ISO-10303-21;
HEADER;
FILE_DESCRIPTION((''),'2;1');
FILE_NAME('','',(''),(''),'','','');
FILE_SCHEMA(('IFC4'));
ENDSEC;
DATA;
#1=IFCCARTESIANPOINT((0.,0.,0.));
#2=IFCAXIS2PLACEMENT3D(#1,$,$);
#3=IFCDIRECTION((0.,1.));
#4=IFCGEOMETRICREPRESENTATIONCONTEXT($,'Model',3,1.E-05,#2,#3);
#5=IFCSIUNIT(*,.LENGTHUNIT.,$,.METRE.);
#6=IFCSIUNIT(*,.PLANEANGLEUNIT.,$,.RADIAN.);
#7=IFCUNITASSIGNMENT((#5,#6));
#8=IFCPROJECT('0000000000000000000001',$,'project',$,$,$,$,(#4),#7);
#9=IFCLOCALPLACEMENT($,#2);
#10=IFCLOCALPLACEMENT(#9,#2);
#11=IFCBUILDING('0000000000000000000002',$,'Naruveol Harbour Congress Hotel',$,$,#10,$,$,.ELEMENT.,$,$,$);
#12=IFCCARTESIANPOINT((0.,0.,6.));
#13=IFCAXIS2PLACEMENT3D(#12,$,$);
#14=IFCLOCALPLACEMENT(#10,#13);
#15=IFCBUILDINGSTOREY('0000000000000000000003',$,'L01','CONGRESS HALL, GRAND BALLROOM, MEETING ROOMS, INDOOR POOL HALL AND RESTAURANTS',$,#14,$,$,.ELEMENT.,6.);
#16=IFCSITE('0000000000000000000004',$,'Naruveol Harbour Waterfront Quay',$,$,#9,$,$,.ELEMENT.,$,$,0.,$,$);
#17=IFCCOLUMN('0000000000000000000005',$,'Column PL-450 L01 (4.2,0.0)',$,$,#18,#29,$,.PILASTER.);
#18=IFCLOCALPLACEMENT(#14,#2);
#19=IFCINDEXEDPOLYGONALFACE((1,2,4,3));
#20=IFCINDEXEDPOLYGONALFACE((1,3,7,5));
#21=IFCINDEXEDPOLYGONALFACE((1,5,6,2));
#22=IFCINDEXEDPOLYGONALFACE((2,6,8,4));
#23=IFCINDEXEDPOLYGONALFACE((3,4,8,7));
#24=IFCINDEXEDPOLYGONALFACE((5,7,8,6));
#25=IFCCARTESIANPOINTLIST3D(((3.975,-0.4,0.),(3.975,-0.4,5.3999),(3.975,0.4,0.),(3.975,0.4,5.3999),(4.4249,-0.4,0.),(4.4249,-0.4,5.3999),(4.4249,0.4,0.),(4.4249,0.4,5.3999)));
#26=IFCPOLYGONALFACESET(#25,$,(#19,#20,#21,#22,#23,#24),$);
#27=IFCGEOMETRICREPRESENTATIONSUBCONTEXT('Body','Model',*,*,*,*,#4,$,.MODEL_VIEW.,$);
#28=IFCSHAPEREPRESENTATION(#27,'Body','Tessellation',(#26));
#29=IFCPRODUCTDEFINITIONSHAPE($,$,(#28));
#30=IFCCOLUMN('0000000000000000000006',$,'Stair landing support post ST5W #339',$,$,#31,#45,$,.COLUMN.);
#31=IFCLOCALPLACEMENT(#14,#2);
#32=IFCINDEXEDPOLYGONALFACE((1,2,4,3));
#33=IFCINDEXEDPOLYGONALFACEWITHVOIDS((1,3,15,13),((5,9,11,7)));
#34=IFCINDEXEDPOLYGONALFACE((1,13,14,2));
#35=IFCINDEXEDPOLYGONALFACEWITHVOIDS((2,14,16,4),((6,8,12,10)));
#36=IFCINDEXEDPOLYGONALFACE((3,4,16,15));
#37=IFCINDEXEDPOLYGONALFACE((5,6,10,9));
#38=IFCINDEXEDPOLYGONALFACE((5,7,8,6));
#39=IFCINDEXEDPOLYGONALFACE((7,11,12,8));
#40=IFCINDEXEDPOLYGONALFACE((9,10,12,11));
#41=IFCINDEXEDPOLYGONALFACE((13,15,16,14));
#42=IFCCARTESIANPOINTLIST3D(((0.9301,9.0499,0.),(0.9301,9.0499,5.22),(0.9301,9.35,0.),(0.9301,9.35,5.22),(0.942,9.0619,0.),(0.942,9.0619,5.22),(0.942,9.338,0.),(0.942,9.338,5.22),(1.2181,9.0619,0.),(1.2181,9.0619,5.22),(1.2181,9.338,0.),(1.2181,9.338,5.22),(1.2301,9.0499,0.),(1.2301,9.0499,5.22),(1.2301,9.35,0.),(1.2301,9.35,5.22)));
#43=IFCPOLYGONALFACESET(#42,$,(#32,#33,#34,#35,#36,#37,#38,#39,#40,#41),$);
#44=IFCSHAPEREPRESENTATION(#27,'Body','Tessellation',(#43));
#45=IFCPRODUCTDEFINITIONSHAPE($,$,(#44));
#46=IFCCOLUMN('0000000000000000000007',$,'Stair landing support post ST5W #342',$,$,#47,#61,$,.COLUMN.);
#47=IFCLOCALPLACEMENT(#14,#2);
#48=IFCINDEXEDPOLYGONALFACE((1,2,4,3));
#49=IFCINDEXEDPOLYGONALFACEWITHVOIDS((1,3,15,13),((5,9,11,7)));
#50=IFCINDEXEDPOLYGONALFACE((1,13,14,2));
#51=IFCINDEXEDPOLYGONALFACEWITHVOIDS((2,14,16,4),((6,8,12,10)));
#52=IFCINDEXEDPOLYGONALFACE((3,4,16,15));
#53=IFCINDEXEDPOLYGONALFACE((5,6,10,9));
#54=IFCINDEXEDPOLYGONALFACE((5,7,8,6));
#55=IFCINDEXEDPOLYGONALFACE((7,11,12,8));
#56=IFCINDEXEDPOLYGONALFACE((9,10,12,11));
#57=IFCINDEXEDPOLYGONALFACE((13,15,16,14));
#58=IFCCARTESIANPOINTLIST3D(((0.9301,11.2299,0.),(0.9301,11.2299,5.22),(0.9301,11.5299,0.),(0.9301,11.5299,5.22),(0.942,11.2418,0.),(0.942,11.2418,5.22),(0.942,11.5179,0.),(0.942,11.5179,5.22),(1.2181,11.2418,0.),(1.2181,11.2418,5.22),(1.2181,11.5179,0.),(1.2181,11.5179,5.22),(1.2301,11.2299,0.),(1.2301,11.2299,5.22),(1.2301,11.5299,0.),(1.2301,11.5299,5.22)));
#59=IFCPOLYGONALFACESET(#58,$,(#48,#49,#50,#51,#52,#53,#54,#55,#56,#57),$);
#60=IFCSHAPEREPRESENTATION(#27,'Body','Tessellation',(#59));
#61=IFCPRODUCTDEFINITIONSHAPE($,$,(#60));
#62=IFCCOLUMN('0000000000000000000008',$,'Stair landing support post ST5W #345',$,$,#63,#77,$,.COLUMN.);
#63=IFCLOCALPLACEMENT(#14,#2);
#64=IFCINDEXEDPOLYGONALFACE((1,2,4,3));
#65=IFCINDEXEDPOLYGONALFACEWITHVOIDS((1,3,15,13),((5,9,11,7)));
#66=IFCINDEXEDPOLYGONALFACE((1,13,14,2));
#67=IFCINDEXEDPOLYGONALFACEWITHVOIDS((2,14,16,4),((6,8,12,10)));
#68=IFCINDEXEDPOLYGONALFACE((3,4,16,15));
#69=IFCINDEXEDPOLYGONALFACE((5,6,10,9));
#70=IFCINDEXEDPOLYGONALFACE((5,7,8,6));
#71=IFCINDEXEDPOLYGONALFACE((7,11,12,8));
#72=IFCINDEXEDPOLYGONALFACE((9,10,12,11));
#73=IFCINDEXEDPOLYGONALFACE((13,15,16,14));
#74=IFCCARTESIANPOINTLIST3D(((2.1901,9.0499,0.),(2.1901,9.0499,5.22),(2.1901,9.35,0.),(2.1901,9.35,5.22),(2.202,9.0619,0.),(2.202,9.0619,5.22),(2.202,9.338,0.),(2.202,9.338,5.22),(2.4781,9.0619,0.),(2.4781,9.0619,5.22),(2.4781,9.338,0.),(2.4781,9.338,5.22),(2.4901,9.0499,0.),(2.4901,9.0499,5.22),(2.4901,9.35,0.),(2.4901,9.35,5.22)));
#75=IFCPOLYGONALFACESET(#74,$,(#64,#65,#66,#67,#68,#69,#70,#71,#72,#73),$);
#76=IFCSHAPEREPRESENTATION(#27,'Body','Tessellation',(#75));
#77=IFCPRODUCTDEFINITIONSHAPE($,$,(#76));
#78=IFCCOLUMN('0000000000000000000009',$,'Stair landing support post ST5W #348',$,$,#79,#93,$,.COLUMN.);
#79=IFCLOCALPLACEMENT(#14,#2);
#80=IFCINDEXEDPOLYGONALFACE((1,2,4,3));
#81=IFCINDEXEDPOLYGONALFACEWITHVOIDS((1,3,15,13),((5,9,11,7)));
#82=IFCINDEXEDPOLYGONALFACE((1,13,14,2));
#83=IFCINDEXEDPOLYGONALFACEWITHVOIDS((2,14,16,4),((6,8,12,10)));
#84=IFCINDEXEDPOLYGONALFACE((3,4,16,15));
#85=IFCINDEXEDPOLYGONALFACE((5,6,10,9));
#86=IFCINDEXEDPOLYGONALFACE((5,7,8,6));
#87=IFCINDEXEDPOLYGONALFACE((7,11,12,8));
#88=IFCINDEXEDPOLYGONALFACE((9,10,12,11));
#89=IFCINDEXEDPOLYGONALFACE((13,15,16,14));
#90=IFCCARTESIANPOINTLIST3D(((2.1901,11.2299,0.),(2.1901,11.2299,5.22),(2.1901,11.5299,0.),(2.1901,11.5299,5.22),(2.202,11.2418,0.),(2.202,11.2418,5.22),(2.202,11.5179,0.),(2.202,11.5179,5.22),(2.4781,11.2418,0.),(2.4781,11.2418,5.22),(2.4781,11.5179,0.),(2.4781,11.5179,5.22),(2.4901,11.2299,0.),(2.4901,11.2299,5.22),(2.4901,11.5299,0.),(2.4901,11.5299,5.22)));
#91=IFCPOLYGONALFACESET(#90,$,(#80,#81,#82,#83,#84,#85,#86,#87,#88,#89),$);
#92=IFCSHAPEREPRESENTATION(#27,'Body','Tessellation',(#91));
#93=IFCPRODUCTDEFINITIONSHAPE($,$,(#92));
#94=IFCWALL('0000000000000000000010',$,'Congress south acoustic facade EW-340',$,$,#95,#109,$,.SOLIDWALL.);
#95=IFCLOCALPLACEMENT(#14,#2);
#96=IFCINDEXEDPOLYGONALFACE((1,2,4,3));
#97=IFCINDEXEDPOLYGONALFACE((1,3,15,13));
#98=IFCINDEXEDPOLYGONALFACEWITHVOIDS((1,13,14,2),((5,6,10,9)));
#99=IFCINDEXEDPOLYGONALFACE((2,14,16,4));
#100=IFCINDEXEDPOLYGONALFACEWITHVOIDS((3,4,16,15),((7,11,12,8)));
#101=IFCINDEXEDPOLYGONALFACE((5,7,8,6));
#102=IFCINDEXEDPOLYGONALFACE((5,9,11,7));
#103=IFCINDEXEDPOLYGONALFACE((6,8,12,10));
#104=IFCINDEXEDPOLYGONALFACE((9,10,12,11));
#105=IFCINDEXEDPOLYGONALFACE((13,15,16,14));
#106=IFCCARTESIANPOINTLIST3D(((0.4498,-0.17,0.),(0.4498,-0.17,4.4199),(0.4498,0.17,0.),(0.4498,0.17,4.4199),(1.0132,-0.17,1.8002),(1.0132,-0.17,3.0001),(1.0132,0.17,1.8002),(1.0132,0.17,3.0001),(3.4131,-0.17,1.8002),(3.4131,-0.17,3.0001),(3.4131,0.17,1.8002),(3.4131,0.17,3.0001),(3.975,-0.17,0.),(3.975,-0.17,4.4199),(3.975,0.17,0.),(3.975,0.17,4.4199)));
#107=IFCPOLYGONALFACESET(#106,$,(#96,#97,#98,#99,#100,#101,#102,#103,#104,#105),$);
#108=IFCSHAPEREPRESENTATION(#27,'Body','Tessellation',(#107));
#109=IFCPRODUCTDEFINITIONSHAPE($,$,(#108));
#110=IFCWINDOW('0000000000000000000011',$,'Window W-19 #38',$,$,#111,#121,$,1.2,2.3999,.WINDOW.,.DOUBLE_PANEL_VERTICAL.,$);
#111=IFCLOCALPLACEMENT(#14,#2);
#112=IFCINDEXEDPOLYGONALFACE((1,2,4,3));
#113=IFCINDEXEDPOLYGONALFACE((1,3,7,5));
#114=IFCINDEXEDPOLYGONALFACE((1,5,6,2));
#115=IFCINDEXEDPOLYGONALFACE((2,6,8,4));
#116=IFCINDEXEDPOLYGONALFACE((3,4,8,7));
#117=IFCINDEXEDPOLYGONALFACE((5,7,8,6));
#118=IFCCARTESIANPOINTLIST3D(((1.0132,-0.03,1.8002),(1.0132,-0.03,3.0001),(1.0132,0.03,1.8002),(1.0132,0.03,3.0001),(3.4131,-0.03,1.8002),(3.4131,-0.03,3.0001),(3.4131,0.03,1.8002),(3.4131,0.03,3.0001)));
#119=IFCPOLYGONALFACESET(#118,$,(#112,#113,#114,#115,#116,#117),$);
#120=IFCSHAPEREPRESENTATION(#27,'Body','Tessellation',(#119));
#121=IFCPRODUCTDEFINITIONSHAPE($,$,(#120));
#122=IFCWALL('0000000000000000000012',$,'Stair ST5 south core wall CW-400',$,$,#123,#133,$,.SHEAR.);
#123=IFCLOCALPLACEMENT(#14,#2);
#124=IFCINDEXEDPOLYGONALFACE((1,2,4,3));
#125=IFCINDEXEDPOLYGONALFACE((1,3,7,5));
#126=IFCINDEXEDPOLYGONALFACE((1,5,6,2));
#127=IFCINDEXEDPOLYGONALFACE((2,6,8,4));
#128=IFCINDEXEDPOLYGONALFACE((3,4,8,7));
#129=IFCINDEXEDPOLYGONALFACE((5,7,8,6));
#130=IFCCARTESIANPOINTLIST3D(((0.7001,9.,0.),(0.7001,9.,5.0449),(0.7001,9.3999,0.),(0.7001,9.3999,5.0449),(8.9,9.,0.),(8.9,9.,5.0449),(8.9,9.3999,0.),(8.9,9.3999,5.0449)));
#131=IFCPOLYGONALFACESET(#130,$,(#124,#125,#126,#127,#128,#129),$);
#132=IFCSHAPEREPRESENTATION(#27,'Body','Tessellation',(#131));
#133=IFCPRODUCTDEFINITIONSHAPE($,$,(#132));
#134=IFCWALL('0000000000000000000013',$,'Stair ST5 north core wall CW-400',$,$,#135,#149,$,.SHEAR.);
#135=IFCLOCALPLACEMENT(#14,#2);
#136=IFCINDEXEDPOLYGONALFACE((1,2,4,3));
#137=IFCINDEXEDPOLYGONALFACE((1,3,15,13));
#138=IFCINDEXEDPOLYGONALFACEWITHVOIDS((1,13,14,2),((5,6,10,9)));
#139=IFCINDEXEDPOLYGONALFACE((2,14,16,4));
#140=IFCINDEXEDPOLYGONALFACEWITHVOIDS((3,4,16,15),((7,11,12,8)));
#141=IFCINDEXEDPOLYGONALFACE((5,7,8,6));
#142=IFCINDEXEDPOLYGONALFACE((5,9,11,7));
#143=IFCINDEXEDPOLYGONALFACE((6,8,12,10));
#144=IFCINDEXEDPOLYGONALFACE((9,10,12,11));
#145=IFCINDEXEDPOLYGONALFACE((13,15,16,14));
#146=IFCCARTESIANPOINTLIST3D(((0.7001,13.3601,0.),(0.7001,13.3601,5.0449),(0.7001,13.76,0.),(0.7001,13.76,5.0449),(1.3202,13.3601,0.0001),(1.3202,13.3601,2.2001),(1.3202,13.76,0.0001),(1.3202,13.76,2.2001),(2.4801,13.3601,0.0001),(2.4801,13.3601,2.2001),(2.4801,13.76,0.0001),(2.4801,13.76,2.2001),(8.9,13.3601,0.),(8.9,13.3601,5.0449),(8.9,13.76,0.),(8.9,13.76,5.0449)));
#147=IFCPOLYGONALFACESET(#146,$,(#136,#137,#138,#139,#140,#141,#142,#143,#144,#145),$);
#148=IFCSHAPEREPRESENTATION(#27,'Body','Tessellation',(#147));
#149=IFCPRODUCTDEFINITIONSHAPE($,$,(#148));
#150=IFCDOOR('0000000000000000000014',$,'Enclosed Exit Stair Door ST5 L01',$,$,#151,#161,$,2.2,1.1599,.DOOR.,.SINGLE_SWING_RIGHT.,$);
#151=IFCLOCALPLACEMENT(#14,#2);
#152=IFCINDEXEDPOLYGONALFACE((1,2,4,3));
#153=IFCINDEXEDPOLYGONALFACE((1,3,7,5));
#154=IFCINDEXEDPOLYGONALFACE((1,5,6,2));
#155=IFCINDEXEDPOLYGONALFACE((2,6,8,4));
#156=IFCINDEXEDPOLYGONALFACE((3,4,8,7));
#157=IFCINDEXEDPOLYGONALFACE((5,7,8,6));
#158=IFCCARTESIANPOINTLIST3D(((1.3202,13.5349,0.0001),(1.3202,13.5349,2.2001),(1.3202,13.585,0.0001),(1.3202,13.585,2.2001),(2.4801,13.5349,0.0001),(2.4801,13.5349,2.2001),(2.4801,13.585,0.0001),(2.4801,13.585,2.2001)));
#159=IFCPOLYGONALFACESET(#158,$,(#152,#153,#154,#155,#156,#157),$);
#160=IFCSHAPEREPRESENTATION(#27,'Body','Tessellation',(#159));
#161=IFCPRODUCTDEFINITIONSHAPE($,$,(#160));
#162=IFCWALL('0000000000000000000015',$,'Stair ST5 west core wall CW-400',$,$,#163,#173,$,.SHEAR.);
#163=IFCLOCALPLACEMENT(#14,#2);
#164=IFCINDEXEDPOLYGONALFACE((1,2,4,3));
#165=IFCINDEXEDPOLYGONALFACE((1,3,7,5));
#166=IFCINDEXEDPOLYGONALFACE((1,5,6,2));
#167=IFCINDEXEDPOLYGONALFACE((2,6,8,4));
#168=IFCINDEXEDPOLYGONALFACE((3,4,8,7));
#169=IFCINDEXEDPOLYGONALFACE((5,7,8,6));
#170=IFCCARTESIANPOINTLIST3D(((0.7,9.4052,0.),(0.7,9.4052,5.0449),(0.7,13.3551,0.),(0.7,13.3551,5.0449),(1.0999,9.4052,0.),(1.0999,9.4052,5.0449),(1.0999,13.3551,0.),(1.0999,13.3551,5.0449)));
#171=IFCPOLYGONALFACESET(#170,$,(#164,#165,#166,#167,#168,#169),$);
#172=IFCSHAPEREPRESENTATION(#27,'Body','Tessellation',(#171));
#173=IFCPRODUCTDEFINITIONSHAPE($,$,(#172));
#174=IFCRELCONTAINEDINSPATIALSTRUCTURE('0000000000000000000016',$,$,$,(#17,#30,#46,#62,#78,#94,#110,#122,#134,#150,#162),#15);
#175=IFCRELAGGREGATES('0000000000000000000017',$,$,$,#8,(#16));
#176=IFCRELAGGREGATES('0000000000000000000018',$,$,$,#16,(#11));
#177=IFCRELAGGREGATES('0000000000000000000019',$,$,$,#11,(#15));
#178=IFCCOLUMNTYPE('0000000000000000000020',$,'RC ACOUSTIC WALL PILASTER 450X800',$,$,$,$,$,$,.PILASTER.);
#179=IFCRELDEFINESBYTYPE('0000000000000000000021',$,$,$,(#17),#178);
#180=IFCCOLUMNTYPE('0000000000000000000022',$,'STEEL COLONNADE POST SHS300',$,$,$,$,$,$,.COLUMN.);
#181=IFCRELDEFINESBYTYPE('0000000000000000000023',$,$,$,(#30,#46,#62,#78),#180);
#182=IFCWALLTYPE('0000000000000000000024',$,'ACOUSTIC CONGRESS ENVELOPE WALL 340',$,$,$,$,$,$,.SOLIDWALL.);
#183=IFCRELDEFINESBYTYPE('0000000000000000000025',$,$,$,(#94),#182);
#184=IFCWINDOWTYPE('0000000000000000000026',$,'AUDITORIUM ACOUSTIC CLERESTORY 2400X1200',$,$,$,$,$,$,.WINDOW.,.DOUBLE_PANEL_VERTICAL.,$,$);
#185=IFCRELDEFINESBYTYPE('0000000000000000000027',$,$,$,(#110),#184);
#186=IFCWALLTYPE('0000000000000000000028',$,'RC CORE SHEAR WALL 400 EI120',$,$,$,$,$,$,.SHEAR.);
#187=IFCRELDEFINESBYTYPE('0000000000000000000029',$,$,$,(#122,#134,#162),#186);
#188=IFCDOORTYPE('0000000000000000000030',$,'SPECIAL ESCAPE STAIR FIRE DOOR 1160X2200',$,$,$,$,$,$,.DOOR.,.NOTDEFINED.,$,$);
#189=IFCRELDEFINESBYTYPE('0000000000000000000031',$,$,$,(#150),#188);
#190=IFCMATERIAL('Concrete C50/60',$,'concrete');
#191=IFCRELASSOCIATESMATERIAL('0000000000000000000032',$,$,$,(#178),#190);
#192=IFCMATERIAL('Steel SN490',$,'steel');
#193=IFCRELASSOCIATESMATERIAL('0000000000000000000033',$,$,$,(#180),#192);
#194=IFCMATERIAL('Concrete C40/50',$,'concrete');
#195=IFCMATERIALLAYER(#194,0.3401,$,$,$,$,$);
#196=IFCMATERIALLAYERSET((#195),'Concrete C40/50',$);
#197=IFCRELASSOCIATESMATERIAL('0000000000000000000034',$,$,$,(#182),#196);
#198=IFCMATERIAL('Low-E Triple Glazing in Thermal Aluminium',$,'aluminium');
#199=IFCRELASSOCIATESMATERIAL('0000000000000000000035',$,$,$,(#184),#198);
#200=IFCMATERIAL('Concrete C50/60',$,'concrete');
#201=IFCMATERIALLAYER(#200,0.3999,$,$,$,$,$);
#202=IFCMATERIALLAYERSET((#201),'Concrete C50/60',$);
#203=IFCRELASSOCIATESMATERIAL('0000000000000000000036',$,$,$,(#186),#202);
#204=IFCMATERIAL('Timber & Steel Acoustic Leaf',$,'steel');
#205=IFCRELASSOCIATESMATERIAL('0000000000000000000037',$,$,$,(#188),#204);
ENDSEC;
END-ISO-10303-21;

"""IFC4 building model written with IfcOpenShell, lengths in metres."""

from ifc_helpers import new_model, si_unit, direction, frame, frame_2d, origin, origin_2d, place, context, subcontext, project, spatial, rectangle, hollow_rectangle, extrude, material, layer, layer_set, material_profile, profile_set, type_object, element, fill, save


model = new_model("IFC4")

# Units and contexts
model_context = context("Model", 3, precision=1e-05, world=origin(), true_north=direction((0.0, 1.0)))
body_context = subcontext(model_context, "Body", "Model", "MODEL_VIEW")
ifc_project = project(units=[si_unit("LENGTHUNIT", "METRE"), si_unit("PLANEANGLEUNIT", "RADIAN")], contexts=[model_context])

# Site, building, storey
site_placement = place(None, origin())
site = spatial("IfcSite", under=ifc_project, at=site_placement, Name="Naruveol Harbour Waterfront Quay", CompositionType="ELEMENT", RefElevation=0.0)
building_placement = place(site_placement, origin())
building = spatial("IfcBuilding", under=site, at=building_placement, Name="Naruveol Harbour Congress Hotel", CompositionType="ELEMENT")
storey_placement = place(building_placement, frame((0.0, 0.0, 6.0)))
storey = spatial("IfcBuildingStorey", under=building, at=storey_placement, Name="L01", Description="CONGRESS HALL, GRAND BALLROOM, MEETING ROOMS, INDOOR POOL HALL AND RESTAURANTS", CompositionType="ELEMENT", Elevation=6.0)

# Columns
ifc_material_1 = material(Name="Concrete C50/60", Category="concrete")
ifc_material_profile_1 = material_profile(ifc_material_1, rectangle(XDim=0.45, YDim=0.8, at=origin_2d()), Name="RC-450x800")
ifc_profile_set_1 = profile_set([ifc_material_profile_1], Name="Concrete C50/60")
column_type_1 = type_object("IfcColumnType", Name="RC ACOUSTIC WALL PILASTER 450X800", PredefinedType="PILASTER", material=ifc_profile_set_1)
column_placement = place(storey_placement, frame((4.2, 0.0, 0.0), z_axis=(0.0, 0.0, 1.0), x_axis=(1.0, 0.0, 0.0)))
element("IfcColumn", 1, at=column_placement, inside=storey, type_object=column_type_1, Name="Column PL-450 L01 (4.2,0.0)", PredefinedType="PILASTER", context=body_context, shape_type="SweptSolid", body=[
    extrude(rectangle(XDim=0.45, YDim=0.8, at=origin_2d()), origin(), (0.0, 0.0, 1.0), 5.3999),
])
ifc_material_2 = material(Name="Steel SN490", Category="steel")
ifc_material_profile_2 = material_profile(ifc_material_2, hollow_rectangle(XDim=0.3, YDim=0.3, WallThickness=0.012, at=origin_2d()), Name="SHS-300x300x12")
ifc_profile_set_2 = profile_set([ifc_material_profile_2], Name="Steel SN490")
column_type_2 = type_object("IfcColumnType", Name="STEEL COLONNADE POST SHS300", PredefinedType="COLUMN", material=ifc_profile_set_2)
for number, where, z_axis, x_axis, name in (
    (2, (1.0801, 9.2, 0.0), (0.0, 0.0, 1.0), (1.0, 0.0, 0.0), "Stair landing support post ST5W #339"),
    (3, (1.0801, 11.3799, 0.0), (0.0, 0.0, 1.0), (1.0, 0.0, 0.0), "Stair landing support post ST5W #342"),
    (4, (2.3401, 9.2, 0.0), (0.0, 0.0, 1.0), (1.0, 0.0, 0.0), "Stair landing support post ST5W #345"),
    (5, (2.3401, 11.3799, 0.0), (0.0, 0.0, 1.0), (1.0, 0.0, 0.0), "Stair landing support post ST5W #348"),
):
    element("IfcColumn", number, at=place(storey_placement, frame(where, z_axis=z_axis, x_axis=x_axis)), inside=storey, type_object=column_type_2, Name=name, PredefinedType="COLUMN", context=body_context, shape_type="SweptSolid", body=[
        extrude(hollow_rectangle(XDim=0.3, YDim=0.3, WallThickness=0.012, at=origin_2d()), origin(), (0.0, 0.0, 1.0), 5.22),
    ])

# Wall, opening, window
ifc_material_3 = material(Name="Concrete C40/50", Category="concrete")
ifc_layer_1 = layer(ifc_material_3, 0.3401)
ifc_layer_set_1 = layer_set([ifc_layer_1], Name="Concrete C40/50")
wall_type_1 = type_object("IfcWallType", Name="ACOUSTIC CONGRESS ENVELOPE WALL 340", PredefinedType="SOLIDWALL", material=ifc_layer_set_1)
wall_1_placement = place(storey_placement, frame((3.9751, 0.0, 0.0), z_axis=(0.0, 0.0, 1.0), x_axis=(-1.0, 0.0, 0.0)))
wall_1 = element("IfcWall", 6, at=wall_1_placement, inside=storey, type_object=wall_type_1, Name="Congress south acoustic facade EW-340", PredefinedType="SOLIDWALL", context=body_context, shape_type="SweptSolid", body=[
    extrude(rectangle(XDim=3.5251, YDim=0.3401, at=frame_2d((1.7627, 0.0))), origin(), (0.0, 0.0, 1.0), 4.4199),
])
opening_1_placement = place(wall_1_placement, frame((0.562, 0.0, 1.8)))
opening_1 = element("IfcOpeningElement", 7, at=opening_1_placement, cuts=wall_1, PredefinedType="OPENING", context=body_context, shape_type="SweptSolid", body=[
    extrude(rectangle(XDim=2.3999, YDim=1.2, at=frame_2d((1.2, 0.6001))), frame((0.0, 0.1799, 0.0), z_axis=(0.0, -1.0, 0.0), x_axis=(1.0, 0.0, 0.0)), (0.0, 0.0, 1.0), 0.3601),
])
ifc_material_4 = material(Name="Low-E Triple Glazing in Thermal Aluminium", Category="aluminium")
window_type = type_object("IfcWindowType", Name="AUDITORIUM ACOUSTIC CLERESTORY 2400X1200", PartitioningType="DOUBLE_PANEL_VERTICAL", PredefinedType="WINDOW", material=ifc_material_4)
window_placement = place(opening_1_placement, origin())
window = element("IfcWindow", 8, at=window_placement, inside=storey, type_object=window_type, Name="Window W-19 #38", OverallHeight=1.2, OverallWidth=2.3999, PartitioningType="DOUBLE_PANEL_VERTICAL", PredefinedType="WINDOW", context=body_context, shape_type="SweptSolid", body=[
    extrude(rectangle(XDim=2.3999, YDim=1.2, at=frame_2d((1.2, 0.6001))), frame((0.0, 0.03, 0.0), z_axis=(0.0, -1.0, 0.0), x_axis=(1.0, 0.0, 0.0)), (0.0, 0.0, 1.0), 0.0601),
])
fill(opening_1, window)

# Wall
ifc_material_5 = material(Name="Concrete C50/60", Category="concrete")
ifc_layer_2 = layer(ifc_material_5, 0.3999)
ifc_layer_set_2 = layer_set([ifc_layer_2], Name="Concrete C50/60")
wall_type_2 = type_object("IfcWallType", Name="RC CORE SHEAR WALL 400 EI120", PredefinedType="SHEAR", material=ifc_layer_set_2)
wall_2_placement = place(storey_placement, frame((0.7, 9.2, 0.0), z_axis=(0.0, 0.0, 1.0), x_axis=(1.0, 0.0, 0.0)))
element("IfcWall", 9, at=wall_2_placement, inside=storey, type_object=wall_type_2, Name="Stair ST5 south core wall CW-400", PredefinedType="SHEAR", context=body_context, shape_type="SweptSolid", body=[
    extrude(rectangle(XDim=8.2, YDim=0.3999, at=frame_2d((4.1001, 0.0))), origin(), (0.0, 0.0, 1.0), 5.0449),
])

# Wall, opening, door
wall_3_placement = place(storey_placement, frame((0.7, 13.5601, 0.0), z_axis=(0.0, 0.0, 1.0), x_axis=(1.0, 0.0, 0.0)))
wall_3 = element("IfcWall", 10, at=wall_3_placement, inside=storey, type_object=wall_type_2, Name="Stair ST5 north core wall CW-400", PredefinedType="SHEAR", context=body_context, shape_type="SweptSolid", body=[
    extrude(rectangle(XDim=8.2, YDim=0.3999, at=frame_2d((4.1001, 0.0))), origin(), (0.0, 0.0, 1.0), 5.0449),
])
opening_2_placement = place(wall_3_placement, frame((0.6201, 0.0, 0.0)))
opening_2 = element("IfcOpeningElement", 11, at=opening_2_placement, cuts=wall_3, PredefinedType="OPENING", context=body_context, shape_type="SweptSolid", body=[
    extrude(rectangle(XDim=1.1599, YDim=2.2, at=frame_2d((0.5801, 1.1001))), frame((0.0, 0.21, 0.0), z_axis=(0.0, -1.0, 0.0), x_axis=(1.0, 0.0, 0.0)), (0.0, 0.0, 1.0), 0.4199),
])
ifc_material_6 = material(Name="Timber & Steel Acoustic Leaf", Category="steel")
door_type = type_object("IfcDoorType", Name="SPECIAL ESCAPE STAIR FIRE DOOR 1160X2200", OperationType="NOTDEFINED", PredefinedType="DOOR", material=ifc_material_6)
door_placement = place(opening_2_placement, origin())
door = element("IfcDoor", 12, at=door_placement, inside=storey, type_object=door_type, Name="Enclosed Exit Stair Door ST5 L01", OperationType="SINGLE_SWING_RIGHT", OverallHeight=2.2, OverallWidth=1.1599, PredefinedType="DOOR", context=body_context, shape_type="SweptSolid", body=[
    extrude(rectangle(XDim=1.1599, YDim=2.2, at=frame_2d((0.5801, 1.1001))), frame((0.0, 0.0249, 0.0), z_axis=(0.0, -1.0, 0.0), x_axis=(1.0, 0.0, 0.0)), (0.0, 0.0, 1.0), 0.05),
])
fill(opening_2, door)

# Wall
wall_4_placement = place(storey_placement, frame((0.8999, 9.405, 0.0), z_axis=(0.0, 0.0, 1.0), x_axis=(0.0, 1.0, 0.0)))
element("IfcWall", 13, at=wall_4_placement, inside=storey, type_object=wall_type_2, Name="Stair ST5 west core wall CW-400", PredefinedType="SHEAR", context=body_context, shape_type="SweptSolid", body=[
    extrude(rectangle(XDim=3.95, YDim=0.3999, at=frame_2d((1.9751, 0.0))), origin(), (0.0, 0.0, 1.0), 5.0449),
])

save(model, "model.ifc")
